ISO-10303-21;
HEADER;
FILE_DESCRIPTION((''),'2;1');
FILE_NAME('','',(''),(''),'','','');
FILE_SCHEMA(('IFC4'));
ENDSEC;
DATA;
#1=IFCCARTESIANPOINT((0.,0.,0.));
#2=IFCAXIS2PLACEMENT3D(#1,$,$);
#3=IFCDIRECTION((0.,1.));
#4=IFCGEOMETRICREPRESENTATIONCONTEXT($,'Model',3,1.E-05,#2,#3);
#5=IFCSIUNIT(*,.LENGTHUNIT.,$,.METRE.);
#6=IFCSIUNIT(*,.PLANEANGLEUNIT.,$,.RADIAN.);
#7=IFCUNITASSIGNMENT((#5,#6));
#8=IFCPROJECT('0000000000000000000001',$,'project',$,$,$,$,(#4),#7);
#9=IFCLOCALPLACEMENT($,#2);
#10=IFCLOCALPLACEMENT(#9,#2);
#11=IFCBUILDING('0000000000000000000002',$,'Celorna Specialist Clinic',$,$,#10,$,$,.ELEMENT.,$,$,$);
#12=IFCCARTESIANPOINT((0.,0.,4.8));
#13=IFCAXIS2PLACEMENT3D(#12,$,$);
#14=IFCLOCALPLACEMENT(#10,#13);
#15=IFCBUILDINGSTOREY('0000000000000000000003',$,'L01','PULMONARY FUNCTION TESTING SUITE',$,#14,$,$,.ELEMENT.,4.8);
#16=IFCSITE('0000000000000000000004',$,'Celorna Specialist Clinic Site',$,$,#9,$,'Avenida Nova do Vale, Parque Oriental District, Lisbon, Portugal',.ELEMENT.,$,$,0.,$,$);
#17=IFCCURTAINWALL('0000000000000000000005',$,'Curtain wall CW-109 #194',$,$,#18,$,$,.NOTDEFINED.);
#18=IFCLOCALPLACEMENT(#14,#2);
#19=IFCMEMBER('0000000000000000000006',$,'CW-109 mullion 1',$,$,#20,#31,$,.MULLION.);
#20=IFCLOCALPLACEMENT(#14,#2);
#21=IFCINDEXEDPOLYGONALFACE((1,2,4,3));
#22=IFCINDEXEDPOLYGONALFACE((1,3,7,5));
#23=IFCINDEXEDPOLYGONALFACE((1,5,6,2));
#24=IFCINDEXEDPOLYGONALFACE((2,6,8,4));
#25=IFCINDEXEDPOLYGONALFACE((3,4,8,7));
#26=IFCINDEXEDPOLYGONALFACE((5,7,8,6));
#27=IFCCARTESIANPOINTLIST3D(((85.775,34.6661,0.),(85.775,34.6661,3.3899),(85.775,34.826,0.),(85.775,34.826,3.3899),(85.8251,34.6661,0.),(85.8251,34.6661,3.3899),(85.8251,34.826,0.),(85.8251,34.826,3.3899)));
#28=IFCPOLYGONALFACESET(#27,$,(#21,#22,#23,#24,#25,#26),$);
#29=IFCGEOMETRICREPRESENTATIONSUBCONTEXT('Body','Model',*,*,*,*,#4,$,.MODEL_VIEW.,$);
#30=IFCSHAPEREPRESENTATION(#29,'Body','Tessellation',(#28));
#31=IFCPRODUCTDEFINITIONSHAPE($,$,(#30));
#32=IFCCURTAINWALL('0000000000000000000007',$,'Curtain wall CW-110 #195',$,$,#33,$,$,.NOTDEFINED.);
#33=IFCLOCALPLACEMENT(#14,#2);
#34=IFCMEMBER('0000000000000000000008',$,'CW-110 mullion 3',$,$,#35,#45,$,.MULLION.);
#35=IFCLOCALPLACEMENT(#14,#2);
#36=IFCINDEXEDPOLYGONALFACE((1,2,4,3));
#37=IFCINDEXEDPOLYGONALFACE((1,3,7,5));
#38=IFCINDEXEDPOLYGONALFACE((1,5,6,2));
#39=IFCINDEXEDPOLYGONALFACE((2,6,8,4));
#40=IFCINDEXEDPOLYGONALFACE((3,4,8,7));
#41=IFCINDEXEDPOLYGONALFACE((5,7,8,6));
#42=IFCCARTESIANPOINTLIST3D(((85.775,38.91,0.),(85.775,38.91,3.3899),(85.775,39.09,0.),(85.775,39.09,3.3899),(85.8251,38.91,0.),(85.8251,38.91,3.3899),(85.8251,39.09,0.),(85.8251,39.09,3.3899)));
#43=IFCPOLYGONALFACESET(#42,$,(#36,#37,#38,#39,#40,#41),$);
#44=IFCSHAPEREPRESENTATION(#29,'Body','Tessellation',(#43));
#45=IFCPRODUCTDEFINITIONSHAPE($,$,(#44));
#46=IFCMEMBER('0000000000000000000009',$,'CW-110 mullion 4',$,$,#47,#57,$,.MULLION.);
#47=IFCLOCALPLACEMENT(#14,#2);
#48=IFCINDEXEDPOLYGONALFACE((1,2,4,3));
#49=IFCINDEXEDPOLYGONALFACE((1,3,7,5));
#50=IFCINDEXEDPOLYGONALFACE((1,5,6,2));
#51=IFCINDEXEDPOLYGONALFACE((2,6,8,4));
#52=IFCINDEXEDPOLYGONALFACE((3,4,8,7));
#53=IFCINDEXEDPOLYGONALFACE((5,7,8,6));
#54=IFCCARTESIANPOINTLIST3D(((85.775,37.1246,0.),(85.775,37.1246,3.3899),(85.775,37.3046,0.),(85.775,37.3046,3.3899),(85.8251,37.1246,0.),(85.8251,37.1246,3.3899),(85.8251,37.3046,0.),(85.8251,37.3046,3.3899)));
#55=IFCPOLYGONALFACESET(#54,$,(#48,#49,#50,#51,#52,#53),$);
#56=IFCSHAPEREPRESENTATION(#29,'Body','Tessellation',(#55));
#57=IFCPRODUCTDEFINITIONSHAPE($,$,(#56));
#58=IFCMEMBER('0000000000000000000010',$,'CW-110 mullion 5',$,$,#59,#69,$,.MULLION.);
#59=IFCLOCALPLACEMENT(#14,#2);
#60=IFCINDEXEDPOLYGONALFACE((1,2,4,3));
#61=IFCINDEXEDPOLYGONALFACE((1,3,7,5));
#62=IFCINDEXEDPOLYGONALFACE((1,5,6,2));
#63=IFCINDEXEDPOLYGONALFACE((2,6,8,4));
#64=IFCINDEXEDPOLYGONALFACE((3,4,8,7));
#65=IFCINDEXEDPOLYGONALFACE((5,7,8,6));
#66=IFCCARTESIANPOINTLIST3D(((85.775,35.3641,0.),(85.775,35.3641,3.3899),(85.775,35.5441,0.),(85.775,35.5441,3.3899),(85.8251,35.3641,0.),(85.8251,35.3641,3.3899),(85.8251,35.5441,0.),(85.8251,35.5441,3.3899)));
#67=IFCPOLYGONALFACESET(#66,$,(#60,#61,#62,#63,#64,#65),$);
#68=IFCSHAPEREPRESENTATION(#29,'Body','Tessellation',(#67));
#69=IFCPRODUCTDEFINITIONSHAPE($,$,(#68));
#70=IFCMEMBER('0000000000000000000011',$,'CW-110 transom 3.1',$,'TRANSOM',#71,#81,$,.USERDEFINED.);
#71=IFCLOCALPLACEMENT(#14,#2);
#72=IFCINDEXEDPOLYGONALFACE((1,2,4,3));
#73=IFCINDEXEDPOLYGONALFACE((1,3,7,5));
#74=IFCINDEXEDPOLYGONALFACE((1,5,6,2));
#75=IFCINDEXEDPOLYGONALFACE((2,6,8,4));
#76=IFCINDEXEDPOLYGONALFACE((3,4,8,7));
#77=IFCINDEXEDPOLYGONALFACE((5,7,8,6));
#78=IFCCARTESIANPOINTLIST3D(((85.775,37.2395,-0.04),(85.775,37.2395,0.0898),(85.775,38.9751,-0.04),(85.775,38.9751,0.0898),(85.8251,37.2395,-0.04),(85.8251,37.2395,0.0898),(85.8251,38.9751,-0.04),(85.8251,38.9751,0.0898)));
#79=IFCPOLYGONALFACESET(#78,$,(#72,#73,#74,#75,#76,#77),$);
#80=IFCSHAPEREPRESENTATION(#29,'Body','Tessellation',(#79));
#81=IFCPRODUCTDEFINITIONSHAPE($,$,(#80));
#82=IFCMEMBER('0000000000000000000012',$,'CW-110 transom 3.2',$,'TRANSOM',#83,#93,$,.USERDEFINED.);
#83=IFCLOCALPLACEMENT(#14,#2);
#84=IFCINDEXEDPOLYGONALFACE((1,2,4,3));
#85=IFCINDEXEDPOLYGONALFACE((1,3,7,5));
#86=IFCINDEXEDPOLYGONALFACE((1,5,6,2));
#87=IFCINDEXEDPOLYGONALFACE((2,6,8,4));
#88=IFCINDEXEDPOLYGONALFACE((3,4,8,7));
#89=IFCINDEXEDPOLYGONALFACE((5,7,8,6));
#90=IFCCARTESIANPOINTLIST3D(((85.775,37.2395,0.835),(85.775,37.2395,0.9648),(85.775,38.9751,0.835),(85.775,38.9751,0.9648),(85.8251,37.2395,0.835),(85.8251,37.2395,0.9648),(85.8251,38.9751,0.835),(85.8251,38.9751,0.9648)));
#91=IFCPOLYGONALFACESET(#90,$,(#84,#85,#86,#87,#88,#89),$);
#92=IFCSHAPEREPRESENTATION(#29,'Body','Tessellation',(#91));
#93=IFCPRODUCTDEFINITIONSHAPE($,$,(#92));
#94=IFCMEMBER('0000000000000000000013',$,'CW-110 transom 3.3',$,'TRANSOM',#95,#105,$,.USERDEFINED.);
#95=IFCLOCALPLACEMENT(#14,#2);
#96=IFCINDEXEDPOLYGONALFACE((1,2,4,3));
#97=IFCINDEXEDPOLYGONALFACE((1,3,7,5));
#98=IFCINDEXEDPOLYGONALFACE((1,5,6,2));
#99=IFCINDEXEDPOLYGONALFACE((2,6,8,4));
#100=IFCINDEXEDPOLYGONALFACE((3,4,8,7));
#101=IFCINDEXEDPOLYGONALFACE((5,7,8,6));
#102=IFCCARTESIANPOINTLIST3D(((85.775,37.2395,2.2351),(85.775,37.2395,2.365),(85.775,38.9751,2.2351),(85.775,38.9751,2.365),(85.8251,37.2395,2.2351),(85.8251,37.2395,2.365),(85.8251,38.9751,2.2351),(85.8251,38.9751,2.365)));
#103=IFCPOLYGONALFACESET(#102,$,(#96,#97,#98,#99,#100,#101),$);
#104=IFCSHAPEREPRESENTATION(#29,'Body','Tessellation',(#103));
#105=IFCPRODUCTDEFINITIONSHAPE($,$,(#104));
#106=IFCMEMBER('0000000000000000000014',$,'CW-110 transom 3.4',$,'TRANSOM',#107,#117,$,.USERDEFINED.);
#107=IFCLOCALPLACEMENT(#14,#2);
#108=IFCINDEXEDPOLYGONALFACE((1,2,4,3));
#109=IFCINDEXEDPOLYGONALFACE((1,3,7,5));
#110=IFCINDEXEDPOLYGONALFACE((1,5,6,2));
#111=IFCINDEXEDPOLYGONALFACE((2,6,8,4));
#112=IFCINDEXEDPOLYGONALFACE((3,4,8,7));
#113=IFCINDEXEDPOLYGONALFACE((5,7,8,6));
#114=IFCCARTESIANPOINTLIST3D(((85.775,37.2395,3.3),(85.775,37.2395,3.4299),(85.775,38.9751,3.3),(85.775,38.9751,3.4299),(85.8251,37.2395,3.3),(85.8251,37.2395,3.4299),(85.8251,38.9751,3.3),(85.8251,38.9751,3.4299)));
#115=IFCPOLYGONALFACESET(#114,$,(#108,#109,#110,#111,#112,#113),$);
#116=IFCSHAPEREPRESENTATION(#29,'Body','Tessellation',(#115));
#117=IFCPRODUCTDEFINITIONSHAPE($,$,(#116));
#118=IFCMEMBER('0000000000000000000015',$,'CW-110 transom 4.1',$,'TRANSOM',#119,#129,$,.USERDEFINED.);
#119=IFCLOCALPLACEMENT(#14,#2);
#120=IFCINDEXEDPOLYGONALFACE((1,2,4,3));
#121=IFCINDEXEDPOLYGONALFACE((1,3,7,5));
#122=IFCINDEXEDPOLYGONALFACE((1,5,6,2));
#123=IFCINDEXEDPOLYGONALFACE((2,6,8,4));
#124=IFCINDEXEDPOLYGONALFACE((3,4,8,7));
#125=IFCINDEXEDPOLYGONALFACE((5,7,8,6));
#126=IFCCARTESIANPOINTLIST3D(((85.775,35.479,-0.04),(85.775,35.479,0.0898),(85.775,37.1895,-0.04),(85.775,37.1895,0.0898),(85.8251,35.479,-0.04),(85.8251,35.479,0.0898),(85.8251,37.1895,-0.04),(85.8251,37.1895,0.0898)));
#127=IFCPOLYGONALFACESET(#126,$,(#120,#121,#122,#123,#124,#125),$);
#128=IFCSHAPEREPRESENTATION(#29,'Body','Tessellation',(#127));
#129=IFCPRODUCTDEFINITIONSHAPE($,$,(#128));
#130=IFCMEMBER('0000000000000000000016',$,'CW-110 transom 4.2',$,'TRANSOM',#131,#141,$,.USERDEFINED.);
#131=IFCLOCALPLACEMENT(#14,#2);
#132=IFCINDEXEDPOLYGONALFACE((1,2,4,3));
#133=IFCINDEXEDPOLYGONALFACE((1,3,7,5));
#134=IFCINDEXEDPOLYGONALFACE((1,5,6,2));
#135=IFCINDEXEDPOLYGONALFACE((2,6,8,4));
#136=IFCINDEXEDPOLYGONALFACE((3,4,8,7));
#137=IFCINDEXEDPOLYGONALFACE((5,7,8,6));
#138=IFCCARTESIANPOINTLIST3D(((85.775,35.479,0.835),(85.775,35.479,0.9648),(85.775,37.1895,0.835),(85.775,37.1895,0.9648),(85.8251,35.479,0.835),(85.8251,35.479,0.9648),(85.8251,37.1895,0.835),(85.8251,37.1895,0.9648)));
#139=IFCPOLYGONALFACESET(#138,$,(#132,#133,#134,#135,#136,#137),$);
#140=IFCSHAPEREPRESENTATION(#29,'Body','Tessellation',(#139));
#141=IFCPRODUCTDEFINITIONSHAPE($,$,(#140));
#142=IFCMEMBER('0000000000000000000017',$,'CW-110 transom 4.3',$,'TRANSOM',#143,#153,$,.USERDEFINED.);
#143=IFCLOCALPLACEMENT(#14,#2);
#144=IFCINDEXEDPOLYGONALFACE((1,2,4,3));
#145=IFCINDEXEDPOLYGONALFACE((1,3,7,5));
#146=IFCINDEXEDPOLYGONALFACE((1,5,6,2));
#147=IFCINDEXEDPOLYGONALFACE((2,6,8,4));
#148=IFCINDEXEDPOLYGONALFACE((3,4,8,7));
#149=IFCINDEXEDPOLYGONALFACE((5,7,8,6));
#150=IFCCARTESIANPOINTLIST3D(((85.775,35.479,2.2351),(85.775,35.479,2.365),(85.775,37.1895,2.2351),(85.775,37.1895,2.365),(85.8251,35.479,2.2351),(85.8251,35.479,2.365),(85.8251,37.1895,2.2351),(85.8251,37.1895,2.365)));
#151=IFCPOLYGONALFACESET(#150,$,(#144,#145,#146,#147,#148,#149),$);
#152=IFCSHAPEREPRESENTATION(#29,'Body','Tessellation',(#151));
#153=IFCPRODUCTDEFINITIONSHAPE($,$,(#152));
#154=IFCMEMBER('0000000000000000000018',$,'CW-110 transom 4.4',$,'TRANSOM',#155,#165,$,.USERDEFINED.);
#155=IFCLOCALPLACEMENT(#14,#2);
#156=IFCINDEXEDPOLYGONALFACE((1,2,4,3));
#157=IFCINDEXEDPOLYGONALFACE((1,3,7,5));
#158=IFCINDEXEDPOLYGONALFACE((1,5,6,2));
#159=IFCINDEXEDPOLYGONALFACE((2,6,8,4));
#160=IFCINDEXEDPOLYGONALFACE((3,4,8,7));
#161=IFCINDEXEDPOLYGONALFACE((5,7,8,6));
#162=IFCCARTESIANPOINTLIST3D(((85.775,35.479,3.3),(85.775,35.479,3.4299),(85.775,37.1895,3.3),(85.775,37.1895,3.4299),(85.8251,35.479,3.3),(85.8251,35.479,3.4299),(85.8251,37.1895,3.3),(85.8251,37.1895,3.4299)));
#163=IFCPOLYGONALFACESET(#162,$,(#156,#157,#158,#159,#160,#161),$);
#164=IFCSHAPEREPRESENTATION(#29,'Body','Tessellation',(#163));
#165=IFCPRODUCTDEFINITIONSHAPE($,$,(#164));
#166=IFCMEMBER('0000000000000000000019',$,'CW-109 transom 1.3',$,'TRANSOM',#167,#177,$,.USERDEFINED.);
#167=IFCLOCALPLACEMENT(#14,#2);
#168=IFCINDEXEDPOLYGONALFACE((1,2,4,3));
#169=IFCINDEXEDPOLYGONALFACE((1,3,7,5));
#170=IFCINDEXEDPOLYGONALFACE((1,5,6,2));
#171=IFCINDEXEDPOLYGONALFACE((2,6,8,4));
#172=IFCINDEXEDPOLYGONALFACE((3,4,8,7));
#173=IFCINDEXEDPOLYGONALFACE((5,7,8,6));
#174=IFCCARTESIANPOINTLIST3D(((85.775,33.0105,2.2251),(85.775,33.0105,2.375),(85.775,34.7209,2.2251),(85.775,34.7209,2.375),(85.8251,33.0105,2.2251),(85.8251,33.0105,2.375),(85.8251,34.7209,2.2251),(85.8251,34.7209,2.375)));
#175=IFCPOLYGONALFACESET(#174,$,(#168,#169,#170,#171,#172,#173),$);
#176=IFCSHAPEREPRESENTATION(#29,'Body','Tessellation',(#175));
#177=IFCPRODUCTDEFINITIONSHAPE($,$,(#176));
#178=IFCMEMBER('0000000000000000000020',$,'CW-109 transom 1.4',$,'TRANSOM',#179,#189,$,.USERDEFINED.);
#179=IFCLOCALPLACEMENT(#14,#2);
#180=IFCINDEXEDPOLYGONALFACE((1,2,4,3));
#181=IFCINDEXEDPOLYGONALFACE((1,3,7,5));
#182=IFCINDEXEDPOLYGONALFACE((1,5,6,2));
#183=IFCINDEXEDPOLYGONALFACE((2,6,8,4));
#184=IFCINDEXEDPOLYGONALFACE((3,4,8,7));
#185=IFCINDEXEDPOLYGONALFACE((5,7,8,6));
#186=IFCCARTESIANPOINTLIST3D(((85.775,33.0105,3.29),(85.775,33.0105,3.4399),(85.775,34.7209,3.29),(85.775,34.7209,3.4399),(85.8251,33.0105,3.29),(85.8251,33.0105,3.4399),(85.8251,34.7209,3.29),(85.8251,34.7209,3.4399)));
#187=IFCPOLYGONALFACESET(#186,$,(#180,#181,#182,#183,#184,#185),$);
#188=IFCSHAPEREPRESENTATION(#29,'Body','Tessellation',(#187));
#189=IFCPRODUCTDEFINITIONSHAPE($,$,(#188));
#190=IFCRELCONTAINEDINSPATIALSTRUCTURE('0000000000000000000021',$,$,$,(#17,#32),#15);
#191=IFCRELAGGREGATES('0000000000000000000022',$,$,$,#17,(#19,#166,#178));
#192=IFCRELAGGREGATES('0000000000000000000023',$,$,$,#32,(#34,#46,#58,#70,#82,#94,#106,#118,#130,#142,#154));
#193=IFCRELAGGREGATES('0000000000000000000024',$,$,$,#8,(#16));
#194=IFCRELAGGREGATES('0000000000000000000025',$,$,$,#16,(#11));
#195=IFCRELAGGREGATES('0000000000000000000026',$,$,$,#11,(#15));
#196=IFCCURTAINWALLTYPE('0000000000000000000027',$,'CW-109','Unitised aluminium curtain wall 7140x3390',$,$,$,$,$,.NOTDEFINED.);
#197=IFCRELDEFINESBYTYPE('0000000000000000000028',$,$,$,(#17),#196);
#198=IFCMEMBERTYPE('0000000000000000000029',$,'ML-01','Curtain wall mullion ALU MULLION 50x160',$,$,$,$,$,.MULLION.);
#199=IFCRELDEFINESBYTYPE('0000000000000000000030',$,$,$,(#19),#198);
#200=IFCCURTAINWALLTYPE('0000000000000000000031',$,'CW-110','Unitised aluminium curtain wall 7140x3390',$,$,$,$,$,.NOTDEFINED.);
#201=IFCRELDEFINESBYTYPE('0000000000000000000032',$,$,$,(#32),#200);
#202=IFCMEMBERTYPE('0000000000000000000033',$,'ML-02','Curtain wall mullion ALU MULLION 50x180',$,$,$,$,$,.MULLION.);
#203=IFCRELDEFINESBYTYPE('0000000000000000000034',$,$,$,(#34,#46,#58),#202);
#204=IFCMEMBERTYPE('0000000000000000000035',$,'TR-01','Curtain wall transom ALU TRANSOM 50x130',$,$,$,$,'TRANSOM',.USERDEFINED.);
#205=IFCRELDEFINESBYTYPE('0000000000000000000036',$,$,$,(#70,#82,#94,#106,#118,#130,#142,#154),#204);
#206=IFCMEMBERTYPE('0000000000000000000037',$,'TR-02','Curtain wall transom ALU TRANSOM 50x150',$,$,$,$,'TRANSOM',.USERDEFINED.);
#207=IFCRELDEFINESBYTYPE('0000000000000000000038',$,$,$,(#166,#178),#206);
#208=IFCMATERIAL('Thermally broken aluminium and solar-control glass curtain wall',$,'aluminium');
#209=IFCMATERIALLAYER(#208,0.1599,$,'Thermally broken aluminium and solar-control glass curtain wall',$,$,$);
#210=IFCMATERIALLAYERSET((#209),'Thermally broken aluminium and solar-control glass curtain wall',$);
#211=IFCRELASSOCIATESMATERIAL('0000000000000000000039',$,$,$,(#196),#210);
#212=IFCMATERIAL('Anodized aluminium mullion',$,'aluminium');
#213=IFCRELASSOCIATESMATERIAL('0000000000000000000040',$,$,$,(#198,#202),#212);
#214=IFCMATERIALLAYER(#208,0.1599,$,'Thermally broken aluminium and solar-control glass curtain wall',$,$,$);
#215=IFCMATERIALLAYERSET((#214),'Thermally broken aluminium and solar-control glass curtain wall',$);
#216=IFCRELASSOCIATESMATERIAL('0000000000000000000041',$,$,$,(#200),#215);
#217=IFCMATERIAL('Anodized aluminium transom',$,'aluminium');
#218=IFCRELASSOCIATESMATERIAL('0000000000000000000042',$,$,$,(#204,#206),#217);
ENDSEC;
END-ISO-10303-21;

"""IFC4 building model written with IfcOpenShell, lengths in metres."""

from ifc_helpers import new_model, si_unit, direction, frame, origin, origin_2d, place, context, subcontext, project, spatial, rectangle, extrude, material, layer, layer_set, material_profile, profile_set, type_object, element, aggregate, save


model = new_model("IFC4")

# Units and contexts
model_context = context("Model", 3, precision=1e-05, world=origin(), true_north=direction((0.0, 1.0)))
body_context = subcontext(model_context, "Body", "Model", "MODEL_VIEW")
ifc_project = project(units=[si_unit("LENGTHUNIT", "METRE"), si_unit("PLANEANGLEUNIT", "RADIAN")], contexts=[model_context])

# Site, building, storey
site_placement = place(None, origin())
site = spatial("IfcSite", under=ifc_project, at=site_placement, Name="Celorna Specialist Clinic Site", LongName="Avenida Nova do Vale, Parque Oriental District, Lisbon, Portugal", CompositionType="ELEMENT", RefElevation=0.0)
building_placement = place(site_placement, origin())
building = spatial("IfcBuilding", under=site, at=building_placement, Name="Celorna Specialist Clinic", CompositionType="ELEMENT")
storey_placement = place(building_placement, frame((0.0, 0.0, 4.8)))
storey = spatial("IfcBuildingStorey", under=building, at=storey_placement, Name="L01", Description="PULMONARY FUNCTION TESTING SUITE", CompositionType="ELEMENT", Elevation=4.8)

# Curtain wall, member
ifc_material_1 = material(Name="Thermally broken aluminium and solar-control glass curtain wall", Category="aluminium")
ifc_layer_1 = layer(ifc_material_1, 0.1599, Name="Thermally broken aluminium and solar-control glass curtain wall")
ifc_layer_set_1 = layer_set([ifc_layer_1], Name="Thermally broken aluminium and solar-control glass curtain wall")
curtain_wall_type_1 = type_object("IfcCurtainWallType", Name="CW-109", Description="Unitised aluminium curtain wall 7140x3390", PredefinedType="NOTDEFINED", material=ifc_layer_set_1)
curtain_wall_1_placement = place(storey_placement, origin())
curtain_wall_1 = element("IfcCurtainWall", 1, at=curtain_wall_1_placement, inside=storey, type_object=curtain_wall_type_1, Name="Curtain wall CW-109 #194", PredefinedType="NOTDEFINED")
ifc_material_2 = material(Name="Anodized aluminium mullion", Category="aluminium")
ifc_material_profile_1 = material_profile(ifc_material_2, rectangle(XDim=0.05, YDim=0.1599, at=origin_2d()), Name="ALU MULLION 50x160")
ifc_profile_set_1 = profile_set([ifc_material_profile_1], Name="Anodized aluminium mullion")
member_type_1 = type_object("IfcMemberType", Name="ML-01", Description="Curtain wall mullion ALU MULLION 50x160", PredefinedType="MULLION", material=ifc_profile_set_1)
member_1_placement = place(storey_placement, frame((85.8, 34.7461, 0.0), z_axis=(0.0, 0.0, 1.0), x_axis=(1.0, 0.0, 0.0)))
member_1 = element("IfcMember", 2, at=member_1_placement, type_object=member_type_1, Name="CW-109 mullion 1", PredefinedType="MULLION", context=body_context, shape_type="SweptSolid", body=[
    extrude(rectangle(XDim=0.05, YDim=0.1599, at=origin_2d()), origin(), (0.0, 0.0, 1.0), 3.3899),
])

# Curtain wall, members
ifc_layer_2 = layer(ifc_material_1, 0.1599, Name="Thermally broken aluminium and solar-control glass curtain wall")
ifc_layer_set_2 = layer_set([ifc_layer_2], Name="Thermally broken aluminium and solar-control glass curtain wall")
curtain_wall_type_2 = type_object("IfcCurtainWallType", Name="CW-110", Description="Unitised aluminium curtain wall 7140x3390", PredefinedType="NOTDEFINED", material=ifc_layer_set_2)
curtain_wall_2_placement = place(storey_placement, origin())
curtain_wall_2 = element("IfcCurtainWall", 3, at=curtain_wall_2_placement, inside=storey, type_object=curtain_wall_type_2, Name="Curtain wall CW-110 #195", PredefinedType="NOTDEFINED")
ifc_material_profile_2 = material_profile(ifc_material_2, rectangle(XDim=0.05, YDim=0.1799, at=origin_2d()), Name="ALU MULLION 50x180")
ifc_profile_set_2 = profile_set([ifc_material_profile_2], Name="Anodized aluminium mullion")
member_type_2 = type_object("IfcMemberType", Name="ML-02", Description="Curtain wall mullion ALU MULLION 50x180", PredefinedType="MULLION", material=ifc_profile_set_2)
member_2_placement = place(storey_placement, frame((85.8, 39.0, 0.0), z_axis=(0.0, 0.0, 1.0), x_axis=(1.0, 0.0, 0.0)))
member_2 = element("IfcMember", 4, at=member_2_placement, type_object=member_type_2, Name="CW-110 mullion 3", PredefinedType="MULLION", context=body_context, shape_type="SweptSolid", body=[
    extrude(rectangle(XDim=0.05, YDim=0.1799, at=origin_2d()), origin(), (0.0, 0.0, 1.0), 3.3899),
])
member_3_placement = place(storey_placement, frame((85.8, 37.2146, 0.0), z_axis=(0.0, 0.0, 1.0), x_axis=(1.0, 0.0, 0.0)))
member_3 = element("IfcMember", 5, at=member_3_placement, type_object=member_type_2, Name="CW-110 mullion 4", PredefinedType="MULLION", context=body_context, shape_type="SweptSolid", body=[
    extrude(rectangle(XDim=0.05, YDim=0.1799, at=origin_2d()), origin(), (0.0, 0.0, 1.0), 3.3899),
])
member_4_placement = place(storey_placement, frame((85.8, 35.4541, 0.0), z_axis=(0.0, 0.0, 1.0), x_axis=(1.0, 0.0, 0.0)))
member_4 = element("IfcMember", 6, at=member_4_placement, type_object=member_type_2, Name="CW-110 mullion 5", PredefinedType="MULLION", context=body_context, shape_type="SweptSolid", body=[
    extrude(rectangle(XDim=0.05, YDim=0.1799, at=origin_2d()), origin(), (0.0, 0.0, 1.0), 3.3899),
])
ifc_material_3 = material(Name="Anodized aluminium transom", Category="aluminium")
ifc_material_profile_3 = material_profile(ifc_material_3, rectangle(XDim=0.05, YDim=0.1299, at=origin_2d()), Name="ALU TRANSOM 50x130")
ifc_profile_set_3 = profile_set([ifc_material_profile_3], Name="Anodized aluminium transom")
member_type_3 = type_object("IfcMemberType", Name="TR-01", Description="Curtain wall transom ALU TRANSOM 50x130", ElementType="TRANSOM", PredefinedType="USERDEFINED", material=ifc_profile_set_3)
member_5_placement = place(storey_placement, frame((85.8, 38.9751, 0.0249), z_axis=(0.0, -1.0, 0.0), x_axis=(1.0, 0.0, 0.0)))
member_5 = element("IfcMember", 7, at=member_5_placement, type_object=member_type_3, Name="CW-110 transom 3.1", ObjectType="TRANSOM", PredefinedType="USERDEFINED", context=body_context, shape_type="SweptSolid", body=[
    extrude(rectangle(XDim=0.05, YDim=0.1299, at=origin_2d()), origin(), (0.0, 0.0, 1.0), 1.7356),
])
member_6_placement = place(storey_placement, frame((85.8, 38.9751, 0.8999), z_axis=(0.0, -1.0, 0.0), x_axis=(1.0, 0.0, 0.0)))
member_6 = element("IfcMember", 8, at=member_6_placement, type_object=member_type_3, Name="CW-110 transom 3.2", ObjectType="TRANSOM", PredefinedType="USERDEFINED", context=body_context, shape_type="SweptSolid", body=[
    extrude(rectangle(XDim=0.05, YDim=0.1299, at=origin_2d()), origin(), (0.0, 0.0, 1.0), 1.7356),
])
member_7_placement = place(storey_placement, frame((85.8, 38.9751, 2.3), z_axis=(0.0, -1.0, 0.0), x_axis=(1.0, 0.0, 0.0)))
member_7 = element("IfcMember", 9, at=member_7_placement, type_object=member_type_3, Name="CW-110 transom 3.3", ObjectType="TRANSOM", PredefinedType="USERDEFINED", context=body_context, shape_type="SweptSolid", body=[
    extrude(rectangle(XDim=0.05, YDim=0.1299, at=origin_2d()), origin(), (0.0, 0.0, 1.0), 1.7356),
])
member_8_placement = place(storey_placement, frame((85.8, 38.9751, 3.365), z_axis=(0.0, -1.0, 0.0), x_axis=(1.0, 0.0, 0.0)))
member_8 = element("IfcMember", 10, at=member_8_placement, type_object=member_type_3, Name="CW-110 transom 3.4", ObjectType="TRANSOM", PredefinedType="USERDEFINED", context=body_context, shape_type="SweptSolid", body=[
    extrude(rectangle(XDim=0.05, YDim=0.1299, at=origin_2d()), origin(), (0.0, 0.0, 1.0), 1.7356),
])
member_9_placement = place(storey_placement, frame((85.8, 37.1895, 0.0249), z_axis=(0.0, -1.0, 0.0), x_axis=(1.0, 0.0, 0.0)))
member_9 = element("IfcMember", 11, at=member_9_placement, type_object=member_type_3, Name="CW-110 transom 4.1", ObjectType="TRANSOM", PredefinedType="USERDEFINED", context=body_context, shape_type="SweptSolid", body=[
    extrude(rectangle(XDim=0.05, YDim=0.1299, at=origin_2d()), origin(), (0.0, 0.0, 1.0), 1.7104),
])
member_10_placement = place(storey_placement, frame((85.8, 37.1895, 0.8999), z_axis=(0.0, -1.0, 0.0), x_axis=(1.0, 0.0, 0.0)))
member_10 = element("IfcMember", 12, at=member_10_placement, type_object=member_type_3, Name="CW-110 transom 4.2", ObjectType="TRANSOM", PredefinedType="USERDEFINED", context=body_context, shape_type="SweptSolid", body=[
    extrude(rectangle(XDim=0.05, YDim=0.1299, at=origin_2d()), origin(), (0.0, 0.0, 1.0), 1.7104),
])
member_11_placement = place(storey_placement, frame((85.8, 37.1895, 2.3), z_axis=(0.0, -1.0, 0.0), x_axis=(1.0, 0.0, 0.0)))
member_11 = element("IfcMember", 13, at=member_11_placement, type_object=member_type_3, Name="CW-110 transom 4.3", ObjectType="TRANSOM", PredefinedType="USERDEFINED", context=body_context, shape_type="SweptSolid", body=[
    extrude(rectangle(XDim=0.05, YDim=0.1299, at=origin_2d()), origin(), (0.0, 0.0, 1.0), 1.7104),
])
member_12_placement = place(storey_placement, frame((85.8, 37.1895, 3.365), z_axis=(0.0, -1.0, 0.0), x_axis=(1.0, 0.0, 0.0)))
member_12 = element("IfcMember", 14, at=member_12_placement, type_object=member_type_3, Name="CW-110 transom 4.4", ObjectType="TRANSOM", PredefinedType="USERDEFINED", context=body_context, shape_type="SweptSolid", body=[
    extrude(rectangle(XDim=0.05, YDim=0.1299, at=origin_2d()), origin(), (0.0, 0.0, 1.0), 1.7104),
])

# Members
ifc_material_profile_4 = material_profile(ifc_material_3, rectangle(XDim=0.05, YDim=0.1499, at=origin_2d()), Name="ALU TRANSOM 50x150")
ifc_profile_set_4 = profile_set([ifc_material_profile_4], Name="Anodized aluminium transom")
member_type_4 = type_object("IfcMemberType", Name="TR-02", Description="Curtain wall transom ALU TRANSOM 50x150", ElementType="TRANSOM", PredefinedType="USERDEFINED", material=ifc_profile_set_4)
member_13_placement = place(storey_placement, frame((85.8, 34.7209, 2.3), z_axis=(0.0, -1.0, 0.0), x_axis=(1.0, 0.0, 0.0)))
member_13 = element("IfcMember", 15, at=member_13_placement, type_object=member_type_4, Name="CW-109 transom 1.3", ObjectType="TRANSOM", PredefinedType="USERDEFINED", context=body_context, shape_type="SweptSolid", body=[
    extrude(rectangle(XDim=0.05, YDim=0.1499, at=origin_2d()), origin(), (0.0, 0.0, 1.0), 1.7104),
])
member_14_placement = place(storey_placement, frame((85.8, 34.7209, 3.365), z_axis=(0.0, -1.0, 0.0), x_axis=(1.0, 0.0, 0.0)))
member_14 = element("IfcMember", 16, at=member_14_placement, type_object=member_type_4, Name="CW-109 transom 1.4", ObjectType="TRANSOM", PredefinedType="USERDEFINED", context=body_context, shape_type="SweptSolid", body=[
    extrude(rectangle(XDim=0.05, YDim=0.1499, at=origin_2d()), origin(), (0.0, 0.0, 1.0), 1.7104),
])
aggregate(curtain_wall_1, [member_1, member_13, member_14])

aggregate(curtain_wall_2, [member_2, member_3, member_4, member_5, member_6, member_7, member_8, member_9, member_10, member_11, member_12])

save(model, "model.ifc")
